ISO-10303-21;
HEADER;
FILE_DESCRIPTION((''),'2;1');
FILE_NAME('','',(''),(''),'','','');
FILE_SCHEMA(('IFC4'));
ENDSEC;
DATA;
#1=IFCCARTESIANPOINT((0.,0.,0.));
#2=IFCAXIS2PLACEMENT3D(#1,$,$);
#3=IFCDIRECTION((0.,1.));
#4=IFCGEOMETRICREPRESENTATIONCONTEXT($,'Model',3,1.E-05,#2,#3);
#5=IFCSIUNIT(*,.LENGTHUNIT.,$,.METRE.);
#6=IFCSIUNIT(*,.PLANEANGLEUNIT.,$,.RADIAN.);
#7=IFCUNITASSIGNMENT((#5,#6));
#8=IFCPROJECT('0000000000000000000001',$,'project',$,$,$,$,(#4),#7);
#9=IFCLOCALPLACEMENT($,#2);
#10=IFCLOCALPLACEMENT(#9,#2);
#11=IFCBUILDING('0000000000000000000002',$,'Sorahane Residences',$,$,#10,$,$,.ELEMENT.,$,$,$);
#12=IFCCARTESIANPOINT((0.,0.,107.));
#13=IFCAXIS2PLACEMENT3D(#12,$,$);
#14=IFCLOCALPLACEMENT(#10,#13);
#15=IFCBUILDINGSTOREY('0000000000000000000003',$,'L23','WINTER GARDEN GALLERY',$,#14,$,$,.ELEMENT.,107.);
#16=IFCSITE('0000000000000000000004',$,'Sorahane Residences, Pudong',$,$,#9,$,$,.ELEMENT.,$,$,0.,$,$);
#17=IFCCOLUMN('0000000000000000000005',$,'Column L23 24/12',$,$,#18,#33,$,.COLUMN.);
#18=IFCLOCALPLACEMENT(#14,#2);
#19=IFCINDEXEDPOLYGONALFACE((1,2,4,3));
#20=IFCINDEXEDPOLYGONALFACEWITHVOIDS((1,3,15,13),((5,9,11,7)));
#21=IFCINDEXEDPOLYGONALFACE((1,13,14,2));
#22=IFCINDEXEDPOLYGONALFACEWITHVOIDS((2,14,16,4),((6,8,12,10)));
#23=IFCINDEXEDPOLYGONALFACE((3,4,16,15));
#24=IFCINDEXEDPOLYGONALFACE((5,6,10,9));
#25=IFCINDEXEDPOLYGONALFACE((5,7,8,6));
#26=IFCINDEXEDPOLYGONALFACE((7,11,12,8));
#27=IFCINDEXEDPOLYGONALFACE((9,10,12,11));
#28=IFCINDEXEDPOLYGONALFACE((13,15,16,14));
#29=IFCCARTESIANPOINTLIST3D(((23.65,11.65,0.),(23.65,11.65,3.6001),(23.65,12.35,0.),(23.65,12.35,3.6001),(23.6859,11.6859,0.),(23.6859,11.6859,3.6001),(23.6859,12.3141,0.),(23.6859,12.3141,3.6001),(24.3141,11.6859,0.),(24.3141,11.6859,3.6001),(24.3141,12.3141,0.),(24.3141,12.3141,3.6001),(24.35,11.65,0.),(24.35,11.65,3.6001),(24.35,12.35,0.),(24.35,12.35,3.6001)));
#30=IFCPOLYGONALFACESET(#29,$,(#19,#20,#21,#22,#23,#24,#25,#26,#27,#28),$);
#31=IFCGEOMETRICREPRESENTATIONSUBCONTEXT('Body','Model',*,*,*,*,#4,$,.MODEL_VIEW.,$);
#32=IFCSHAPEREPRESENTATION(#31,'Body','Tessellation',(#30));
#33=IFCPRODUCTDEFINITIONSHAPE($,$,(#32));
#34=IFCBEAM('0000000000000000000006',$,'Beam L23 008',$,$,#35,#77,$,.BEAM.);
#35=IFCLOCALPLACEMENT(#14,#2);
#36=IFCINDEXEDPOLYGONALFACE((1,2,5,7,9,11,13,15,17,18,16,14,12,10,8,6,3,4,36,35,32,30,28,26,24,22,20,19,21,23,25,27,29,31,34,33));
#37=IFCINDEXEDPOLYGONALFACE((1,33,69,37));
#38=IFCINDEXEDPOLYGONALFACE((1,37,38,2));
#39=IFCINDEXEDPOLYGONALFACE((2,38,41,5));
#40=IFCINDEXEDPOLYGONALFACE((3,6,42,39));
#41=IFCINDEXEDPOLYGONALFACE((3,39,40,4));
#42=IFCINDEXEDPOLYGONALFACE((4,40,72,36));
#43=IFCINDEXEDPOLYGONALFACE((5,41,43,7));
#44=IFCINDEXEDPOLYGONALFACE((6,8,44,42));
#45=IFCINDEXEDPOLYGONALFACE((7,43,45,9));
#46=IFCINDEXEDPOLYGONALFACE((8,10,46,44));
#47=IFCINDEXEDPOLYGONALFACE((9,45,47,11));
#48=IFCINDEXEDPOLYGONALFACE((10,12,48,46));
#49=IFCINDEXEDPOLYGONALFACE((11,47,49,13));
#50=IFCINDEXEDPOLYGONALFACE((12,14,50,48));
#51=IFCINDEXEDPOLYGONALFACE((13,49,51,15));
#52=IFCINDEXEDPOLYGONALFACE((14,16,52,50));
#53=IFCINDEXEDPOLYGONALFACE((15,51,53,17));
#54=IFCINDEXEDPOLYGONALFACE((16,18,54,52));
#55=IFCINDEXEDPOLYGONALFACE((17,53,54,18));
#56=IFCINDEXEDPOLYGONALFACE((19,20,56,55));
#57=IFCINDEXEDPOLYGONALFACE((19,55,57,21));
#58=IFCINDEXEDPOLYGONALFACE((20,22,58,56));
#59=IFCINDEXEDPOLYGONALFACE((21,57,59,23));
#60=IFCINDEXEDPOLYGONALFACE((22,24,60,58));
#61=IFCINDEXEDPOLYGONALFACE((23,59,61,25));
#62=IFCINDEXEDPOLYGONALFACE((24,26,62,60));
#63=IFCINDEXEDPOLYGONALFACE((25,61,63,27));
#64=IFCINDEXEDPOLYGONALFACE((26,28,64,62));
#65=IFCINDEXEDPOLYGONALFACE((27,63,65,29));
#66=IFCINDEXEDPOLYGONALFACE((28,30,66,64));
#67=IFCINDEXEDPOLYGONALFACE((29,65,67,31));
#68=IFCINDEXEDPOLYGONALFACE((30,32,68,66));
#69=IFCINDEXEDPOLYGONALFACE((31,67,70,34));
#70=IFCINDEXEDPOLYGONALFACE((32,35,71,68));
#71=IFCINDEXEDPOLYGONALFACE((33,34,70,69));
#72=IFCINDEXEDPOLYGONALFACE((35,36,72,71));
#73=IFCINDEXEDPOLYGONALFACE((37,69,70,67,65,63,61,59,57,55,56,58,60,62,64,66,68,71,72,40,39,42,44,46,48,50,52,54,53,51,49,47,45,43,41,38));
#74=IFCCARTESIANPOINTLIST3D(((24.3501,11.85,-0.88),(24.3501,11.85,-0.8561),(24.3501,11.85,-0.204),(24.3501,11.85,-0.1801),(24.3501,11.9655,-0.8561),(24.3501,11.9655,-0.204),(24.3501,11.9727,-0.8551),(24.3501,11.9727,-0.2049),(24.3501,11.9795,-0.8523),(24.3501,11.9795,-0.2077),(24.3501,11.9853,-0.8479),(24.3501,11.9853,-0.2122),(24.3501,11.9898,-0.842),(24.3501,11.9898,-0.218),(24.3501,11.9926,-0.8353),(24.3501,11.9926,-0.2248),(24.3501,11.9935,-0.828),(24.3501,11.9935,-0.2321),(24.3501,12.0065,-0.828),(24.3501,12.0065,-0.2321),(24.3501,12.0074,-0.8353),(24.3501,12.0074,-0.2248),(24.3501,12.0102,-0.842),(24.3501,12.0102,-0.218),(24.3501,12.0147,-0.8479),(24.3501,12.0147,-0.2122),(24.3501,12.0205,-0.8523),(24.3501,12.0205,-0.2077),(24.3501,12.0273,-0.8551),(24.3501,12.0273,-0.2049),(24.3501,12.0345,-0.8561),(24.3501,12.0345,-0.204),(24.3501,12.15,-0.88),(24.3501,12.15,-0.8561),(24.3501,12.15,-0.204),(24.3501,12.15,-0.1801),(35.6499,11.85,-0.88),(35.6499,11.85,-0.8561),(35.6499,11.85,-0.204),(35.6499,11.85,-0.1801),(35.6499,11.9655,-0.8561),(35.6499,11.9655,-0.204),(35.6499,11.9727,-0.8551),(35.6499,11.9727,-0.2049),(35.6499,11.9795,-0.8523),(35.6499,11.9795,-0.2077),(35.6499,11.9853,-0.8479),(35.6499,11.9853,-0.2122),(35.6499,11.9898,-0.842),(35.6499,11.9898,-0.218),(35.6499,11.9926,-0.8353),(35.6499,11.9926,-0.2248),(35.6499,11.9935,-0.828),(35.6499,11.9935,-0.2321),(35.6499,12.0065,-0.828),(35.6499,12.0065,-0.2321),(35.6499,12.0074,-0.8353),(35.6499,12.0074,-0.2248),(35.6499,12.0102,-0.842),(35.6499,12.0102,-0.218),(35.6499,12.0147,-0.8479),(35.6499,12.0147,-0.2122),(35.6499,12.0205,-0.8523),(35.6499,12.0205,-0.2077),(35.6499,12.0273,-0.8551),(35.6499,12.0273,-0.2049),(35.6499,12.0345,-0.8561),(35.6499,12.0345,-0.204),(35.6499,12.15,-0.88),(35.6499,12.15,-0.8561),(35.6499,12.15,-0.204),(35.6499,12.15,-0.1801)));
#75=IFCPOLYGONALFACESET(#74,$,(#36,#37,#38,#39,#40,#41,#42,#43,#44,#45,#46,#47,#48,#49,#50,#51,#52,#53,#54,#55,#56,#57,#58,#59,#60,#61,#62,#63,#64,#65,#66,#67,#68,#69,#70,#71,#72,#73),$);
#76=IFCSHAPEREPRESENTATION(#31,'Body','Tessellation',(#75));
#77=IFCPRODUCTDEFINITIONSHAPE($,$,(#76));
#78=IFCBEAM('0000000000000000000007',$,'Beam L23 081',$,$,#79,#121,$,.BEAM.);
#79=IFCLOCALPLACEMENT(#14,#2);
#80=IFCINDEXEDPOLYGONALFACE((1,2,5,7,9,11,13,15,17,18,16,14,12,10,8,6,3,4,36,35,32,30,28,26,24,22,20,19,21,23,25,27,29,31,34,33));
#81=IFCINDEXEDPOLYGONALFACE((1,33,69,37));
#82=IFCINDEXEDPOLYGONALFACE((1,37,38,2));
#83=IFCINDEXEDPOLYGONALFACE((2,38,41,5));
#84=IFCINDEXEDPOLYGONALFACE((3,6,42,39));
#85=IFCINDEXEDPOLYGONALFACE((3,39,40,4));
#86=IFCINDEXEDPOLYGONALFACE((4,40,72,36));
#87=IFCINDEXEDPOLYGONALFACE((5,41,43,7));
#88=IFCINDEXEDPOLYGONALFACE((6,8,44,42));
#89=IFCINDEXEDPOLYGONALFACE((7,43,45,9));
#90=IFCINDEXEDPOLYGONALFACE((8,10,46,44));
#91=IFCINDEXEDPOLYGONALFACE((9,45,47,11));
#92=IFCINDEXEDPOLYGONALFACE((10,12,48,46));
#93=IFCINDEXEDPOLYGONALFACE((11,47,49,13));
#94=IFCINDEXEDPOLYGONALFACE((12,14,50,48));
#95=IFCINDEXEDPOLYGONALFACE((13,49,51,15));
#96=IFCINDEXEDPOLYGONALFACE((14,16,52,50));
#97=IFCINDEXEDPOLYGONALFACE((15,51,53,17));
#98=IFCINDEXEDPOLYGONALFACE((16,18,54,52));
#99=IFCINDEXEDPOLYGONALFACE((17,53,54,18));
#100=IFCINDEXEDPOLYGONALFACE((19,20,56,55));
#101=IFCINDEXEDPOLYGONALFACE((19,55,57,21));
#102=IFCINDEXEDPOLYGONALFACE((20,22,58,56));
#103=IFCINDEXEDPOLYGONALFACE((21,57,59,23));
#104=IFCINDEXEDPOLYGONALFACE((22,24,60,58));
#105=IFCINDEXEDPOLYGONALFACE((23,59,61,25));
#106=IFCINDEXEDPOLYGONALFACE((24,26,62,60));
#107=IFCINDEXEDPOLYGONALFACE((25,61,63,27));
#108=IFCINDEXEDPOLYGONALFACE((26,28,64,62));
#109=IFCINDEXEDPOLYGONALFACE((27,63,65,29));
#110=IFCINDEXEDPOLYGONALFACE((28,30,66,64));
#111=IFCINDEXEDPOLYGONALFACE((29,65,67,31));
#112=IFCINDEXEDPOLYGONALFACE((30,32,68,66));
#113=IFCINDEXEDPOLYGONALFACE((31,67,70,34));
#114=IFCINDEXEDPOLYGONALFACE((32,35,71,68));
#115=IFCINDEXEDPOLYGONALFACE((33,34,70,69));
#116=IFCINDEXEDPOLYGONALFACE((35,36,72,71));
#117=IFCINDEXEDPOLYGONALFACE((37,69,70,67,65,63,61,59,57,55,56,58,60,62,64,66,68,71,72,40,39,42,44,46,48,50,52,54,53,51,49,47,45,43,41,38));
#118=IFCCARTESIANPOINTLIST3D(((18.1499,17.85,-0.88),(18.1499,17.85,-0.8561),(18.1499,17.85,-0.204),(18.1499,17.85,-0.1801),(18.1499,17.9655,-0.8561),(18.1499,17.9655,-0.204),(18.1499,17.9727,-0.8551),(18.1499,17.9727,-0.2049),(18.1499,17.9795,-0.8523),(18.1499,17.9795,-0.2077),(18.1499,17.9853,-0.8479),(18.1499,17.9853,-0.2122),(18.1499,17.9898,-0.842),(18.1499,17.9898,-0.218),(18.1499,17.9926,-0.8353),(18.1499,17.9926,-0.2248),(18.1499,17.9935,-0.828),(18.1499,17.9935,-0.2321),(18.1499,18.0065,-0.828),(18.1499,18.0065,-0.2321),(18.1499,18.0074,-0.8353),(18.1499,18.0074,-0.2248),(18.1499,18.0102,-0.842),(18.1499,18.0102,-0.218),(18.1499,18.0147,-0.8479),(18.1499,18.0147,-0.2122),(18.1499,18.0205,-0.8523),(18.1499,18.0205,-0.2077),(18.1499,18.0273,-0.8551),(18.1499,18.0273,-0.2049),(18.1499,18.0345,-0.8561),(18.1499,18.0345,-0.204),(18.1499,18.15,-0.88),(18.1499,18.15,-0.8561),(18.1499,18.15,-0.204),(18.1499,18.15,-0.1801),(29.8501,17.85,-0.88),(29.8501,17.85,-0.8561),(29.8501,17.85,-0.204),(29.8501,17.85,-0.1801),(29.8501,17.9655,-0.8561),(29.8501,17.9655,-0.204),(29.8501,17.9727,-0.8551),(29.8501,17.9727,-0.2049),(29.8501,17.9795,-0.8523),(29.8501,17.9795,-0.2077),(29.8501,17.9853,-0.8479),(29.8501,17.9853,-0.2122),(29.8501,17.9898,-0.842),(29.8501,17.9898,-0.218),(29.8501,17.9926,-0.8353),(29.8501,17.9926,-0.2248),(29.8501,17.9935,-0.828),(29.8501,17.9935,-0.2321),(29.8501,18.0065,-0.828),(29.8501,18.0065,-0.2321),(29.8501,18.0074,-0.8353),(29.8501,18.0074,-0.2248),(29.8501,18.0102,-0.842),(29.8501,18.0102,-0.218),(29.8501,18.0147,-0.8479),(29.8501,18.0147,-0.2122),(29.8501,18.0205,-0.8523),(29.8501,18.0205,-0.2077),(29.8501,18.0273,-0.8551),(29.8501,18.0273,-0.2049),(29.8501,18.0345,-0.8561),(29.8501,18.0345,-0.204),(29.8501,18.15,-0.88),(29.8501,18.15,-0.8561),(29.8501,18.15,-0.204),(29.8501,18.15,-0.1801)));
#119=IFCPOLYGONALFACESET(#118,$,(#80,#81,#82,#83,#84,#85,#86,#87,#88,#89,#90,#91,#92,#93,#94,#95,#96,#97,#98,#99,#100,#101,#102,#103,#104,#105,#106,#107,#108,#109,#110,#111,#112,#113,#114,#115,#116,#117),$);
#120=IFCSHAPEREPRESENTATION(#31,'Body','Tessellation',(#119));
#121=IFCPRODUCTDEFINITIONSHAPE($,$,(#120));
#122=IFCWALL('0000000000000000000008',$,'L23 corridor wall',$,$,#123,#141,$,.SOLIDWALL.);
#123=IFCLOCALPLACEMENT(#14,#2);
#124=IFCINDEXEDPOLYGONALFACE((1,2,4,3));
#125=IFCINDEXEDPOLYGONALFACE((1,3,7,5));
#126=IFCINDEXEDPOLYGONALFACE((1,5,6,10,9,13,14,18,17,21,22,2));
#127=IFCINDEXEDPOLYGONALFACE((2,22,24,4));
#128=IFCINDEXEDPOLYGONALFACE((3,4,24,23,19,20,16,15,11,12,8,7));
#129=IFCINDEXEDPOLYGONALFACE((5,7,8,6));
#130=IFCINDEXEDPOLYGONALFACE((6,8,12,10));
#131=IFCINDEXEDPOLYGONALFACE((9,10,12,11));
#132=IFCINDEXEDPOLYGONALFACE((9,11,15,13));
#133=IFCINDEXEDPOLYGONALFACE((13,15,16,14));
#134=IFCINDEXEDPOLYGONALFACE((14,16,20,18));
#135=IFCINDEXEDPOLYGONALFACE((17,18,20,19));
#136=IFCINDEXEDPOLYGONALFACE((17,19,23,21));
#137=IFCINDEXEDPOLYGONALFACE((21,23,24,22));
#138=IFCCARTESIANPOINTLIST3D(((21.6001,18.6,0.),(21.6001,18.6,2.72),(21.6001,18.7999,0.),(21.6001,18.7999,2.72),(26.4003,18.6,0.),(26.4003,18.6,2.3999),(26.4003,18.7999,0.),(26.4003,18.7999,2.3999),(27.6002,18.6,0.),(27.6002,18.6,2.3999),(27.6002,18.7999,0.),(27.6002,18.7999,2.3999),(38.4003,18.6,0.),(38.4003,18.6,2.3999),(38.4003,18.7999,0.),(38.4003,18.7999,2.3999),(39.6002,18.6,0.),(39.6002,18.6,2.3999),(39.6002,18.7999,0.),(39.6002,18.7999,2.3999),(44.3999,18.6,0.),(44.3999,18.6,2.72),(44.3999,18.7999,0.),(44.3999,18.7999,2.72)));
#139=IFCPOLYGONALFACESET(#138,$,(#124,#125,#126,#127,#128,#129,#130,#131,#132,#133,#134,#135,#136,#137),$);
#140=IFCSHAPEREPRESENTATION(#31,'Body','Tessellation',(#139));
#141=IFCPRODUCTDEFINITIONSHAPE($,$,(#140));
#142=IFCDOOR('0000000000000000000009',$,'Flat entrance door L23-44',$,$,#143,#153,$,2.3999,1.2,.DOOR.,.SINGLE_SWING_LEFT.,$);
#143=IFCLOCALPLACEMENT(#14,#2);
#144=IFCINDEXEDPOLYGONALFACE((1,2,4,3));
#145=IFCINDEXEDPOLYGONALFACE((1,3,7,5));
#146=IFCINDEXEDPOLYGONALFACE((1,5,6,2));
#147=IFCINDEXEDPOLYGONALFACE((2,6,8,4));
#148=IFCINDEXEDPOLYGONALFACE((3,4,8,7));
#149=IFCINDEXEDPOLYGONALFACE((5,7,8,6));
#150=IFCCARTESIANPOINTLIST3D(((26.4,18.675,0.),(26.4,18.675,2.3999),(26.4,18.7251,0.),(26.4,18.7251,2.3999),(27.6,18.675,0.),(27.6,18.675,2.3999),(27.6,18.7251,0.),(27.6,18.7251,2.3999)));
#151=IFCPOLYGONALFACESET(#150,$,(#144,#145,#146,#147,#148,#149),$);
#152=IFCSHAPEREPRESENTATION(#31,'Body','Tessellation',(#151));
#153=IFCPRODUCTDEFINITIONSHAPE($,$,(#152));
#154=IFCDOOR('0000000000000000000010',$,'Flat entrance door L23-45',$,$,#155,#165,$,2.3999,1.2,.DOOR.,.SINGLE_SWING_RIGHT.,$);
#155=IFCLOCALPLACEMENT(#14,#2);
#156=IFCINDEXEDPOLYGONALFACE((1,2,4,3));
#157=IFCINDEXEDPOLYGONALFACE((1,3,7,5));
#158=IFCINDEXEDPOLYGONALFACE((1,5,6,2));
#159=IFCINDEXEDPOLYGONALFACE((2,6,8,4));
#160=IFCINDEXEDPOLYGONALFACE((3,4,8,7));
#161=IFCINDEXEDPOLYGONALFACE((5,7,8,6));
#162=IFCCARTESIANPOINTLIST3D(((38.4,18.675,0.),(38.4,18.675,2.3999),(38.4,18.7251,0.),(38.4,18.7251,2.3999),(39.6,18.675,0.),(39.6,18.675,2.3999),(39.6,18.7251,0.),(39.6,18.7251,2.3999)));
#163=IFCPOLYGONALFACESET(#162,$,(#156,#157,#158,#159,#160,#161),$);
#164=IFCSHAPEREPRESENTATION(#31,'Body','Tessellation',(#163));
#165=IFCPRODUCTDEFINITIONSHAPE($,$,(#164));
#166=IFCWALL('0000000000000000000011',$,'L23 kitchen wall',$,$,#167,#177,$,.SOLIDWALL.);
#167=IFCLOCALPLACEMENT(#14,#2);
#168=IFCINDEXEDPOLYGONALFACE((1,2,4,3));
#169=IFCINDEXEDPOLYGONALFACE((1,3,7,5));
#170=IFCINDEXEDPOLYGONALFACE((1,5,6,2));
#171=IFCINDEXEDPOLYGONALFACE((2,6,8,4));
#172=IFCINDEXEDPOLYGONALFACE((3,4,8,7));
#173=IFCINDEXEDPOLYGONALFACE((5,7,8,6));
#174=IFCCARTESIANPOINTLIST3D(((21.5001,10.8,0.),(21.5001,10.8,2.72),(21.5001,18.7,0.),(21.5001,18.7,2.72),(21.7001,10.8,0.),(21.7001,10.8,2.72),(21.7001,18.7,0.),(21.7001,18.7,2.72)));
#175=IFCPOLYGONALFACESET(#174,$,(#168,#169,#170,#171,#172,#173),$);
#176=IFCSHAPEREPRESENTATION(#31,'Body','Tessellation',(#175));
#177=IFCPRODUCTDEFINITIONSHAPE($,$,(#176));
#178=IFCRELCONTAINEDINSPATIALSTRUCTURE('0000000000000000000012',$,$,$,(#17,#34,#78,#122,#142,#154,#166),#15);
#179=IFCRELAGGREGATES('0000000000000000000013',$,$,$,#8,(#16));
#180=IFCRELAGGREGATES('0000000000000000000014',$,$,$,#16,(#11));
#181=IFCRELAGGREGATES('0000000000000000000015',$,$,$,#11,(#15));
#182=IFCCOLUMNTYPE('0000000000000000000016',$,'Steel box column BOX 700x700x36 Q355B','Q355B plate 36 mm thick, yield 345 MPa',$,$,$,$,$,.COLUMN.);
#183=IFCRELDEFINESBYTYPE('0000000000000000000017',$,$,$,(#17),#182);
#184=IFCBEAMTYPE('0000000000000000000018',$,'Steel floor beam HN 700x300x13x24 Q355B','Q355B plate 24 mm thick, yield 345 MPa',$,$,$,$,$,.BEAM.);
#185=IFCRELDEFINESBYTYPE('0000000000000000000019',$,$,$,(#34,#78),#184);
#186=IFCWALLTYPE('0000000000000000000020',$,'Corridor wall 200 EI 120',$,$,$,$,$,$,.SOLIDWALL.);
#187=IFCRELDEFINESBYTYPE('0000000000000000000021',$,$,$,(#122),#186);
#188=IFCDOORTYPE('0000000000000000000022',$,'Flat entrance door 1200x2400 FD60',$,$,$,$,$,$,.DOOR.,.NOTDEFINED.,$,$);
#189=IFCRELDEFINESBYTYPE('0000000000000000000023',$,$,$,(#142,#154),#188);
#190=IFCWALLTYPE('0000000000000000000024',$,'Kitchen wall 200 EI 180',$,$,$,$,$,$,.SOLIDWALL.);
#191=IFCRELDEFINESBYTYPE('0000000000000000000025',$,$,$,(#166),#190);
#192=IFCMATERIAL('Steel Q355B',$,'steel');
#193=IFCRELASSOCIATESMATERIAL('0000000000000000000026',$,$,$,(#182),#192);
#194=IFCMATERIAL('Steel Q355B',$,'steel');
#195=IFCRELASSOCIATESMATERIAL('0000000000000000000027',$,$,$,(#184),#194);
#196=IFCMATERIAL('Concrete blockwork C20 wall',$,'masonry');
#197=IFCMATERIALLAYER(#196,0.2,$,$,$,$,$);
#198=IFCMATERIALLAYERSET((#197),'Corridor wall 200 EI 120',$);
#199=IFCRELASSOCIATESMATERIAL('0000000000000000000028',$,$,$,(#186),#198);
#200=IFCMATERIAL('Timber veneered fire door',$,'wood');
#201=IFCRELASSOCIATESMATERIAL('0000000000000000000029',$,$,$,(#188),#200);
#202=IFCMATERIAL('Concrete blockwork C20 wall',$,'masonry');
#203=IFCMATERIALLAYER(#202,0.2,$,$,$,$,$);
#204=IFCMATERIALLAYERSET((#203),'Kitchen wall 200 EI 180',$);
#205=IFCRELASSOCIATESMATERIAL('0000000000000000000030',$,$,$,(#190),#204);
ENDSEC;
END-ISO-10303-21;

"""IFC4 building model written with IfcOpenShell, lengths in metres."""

from ifc_helpers import new_model, si_unit, direction, frame, frame_2d, origin, origin_2d, place, context, subcontext, project, spatial, rectangle, hollow_rectangle, i_section, extrude, material, layer, layer_set, material_profile, profile_set, type_object, element, fill, save


model = new_model("IFC4")

# Units and contexts
model_context = context("Model", 3, precision=1e-05, world=origin(), true_north=direction((0.0, 1.0)))
body_context = subcontext(model_context, "Body", "Model", "MODEL_VIEW")
ifc_project = project(units=[si_unit("LENGTHUNIT", "METRE"), si_unit("PLANEANGLEUNIT", "RADIAN")], contexts=[model_context])

# Site, building, storey
site_placement = place(None, origin())
site = spatial("IfcSite", under=ifc_project, at=site_placement, Name="Sorahane Residences, Pudong", CompositionType="ELEMENT", RefElevation=0.0)
building_placement = place(site_placement, origin())
building = spatial("IfcBuilding", under=site, at=building_placement, Name="Sorahane Residences", CompositionType="ELEMENT")
storey_placement = place(building_placement, frame((0.0, 0.0, 107.0)))
storey = spatial("IfcBuildingStorey", under=building, at=storey_placement, Name="L23", Description="WINTER GARDEN GALLERY", CompositionType="ELEMENT", Elevation=107.0)

# Column
ifc_material_1 = material(Name="Steel Q355B", Category="steel")
ifc_material_profile_1 = material_profile(ifc_material_1, hollow_rectangle(XDim=0.7, YDim=0.7, WallThickness=0.0359, at=origin_2d()), Name="BOX 700x700x36")
ifc_profile_set_1 = profile_set([ifc_material_profile_1], Name="Steel Q355B")
column_type = type_object("IfcColumnType", Name="Steel box column BOX 700x700x36 Q355B", Description="Q355B plate 36 mm thick, yield 345 MPa", PredefinedType="COLUMN", material=ifc_profile_set_1)
column_placement = place(storey_placement, frame((24.0, 12.0, 0.0), z_axis=(0.0, 0.0, 1.0), x_axis=(1.0, 0.0, 0.0)))
element("IfcColumn", 1, at=column_placement, inside=storey, type_object=column_type, Name="Column L23 24/12", PredefinedType="COLUMN", context=body_context, shape_type="SweptSolid", body=[
    extrude(hollow_rectangle(XDim=0.7, YDim=0.7, WallThickness=0.0359, at=origin_2d()), origin(), (0.0, 0.0, 1.0), 3.6001),
])

# Beams
ifc_material_2 = material(Name="Steel Q355B", Category="steel")
ifc_material_profile_2 = material_profile(ifc_material_2, i_section(OverallWidth=0.3, OverallDepth=0.7, WebThickness=0.0129, FlangeThickness=0.0239, FilletRadius=0.0281, at=origin_2d()), Name="HN 700x300x13x24")
ifc_profile_set_2 = profile_set([ifc_material_profile_2], Name="Steel Q355B")
beam_type = type_object("IfcBeamType", Name="Steel floor beam HN 700x300x13x24 Q355B", Description="Q355B plate 24 mm thick, yield 345 MPa", PredefinedType="BEAM", material=ifc_profile_set_2)
beam_1_placement = place(storey_placement, frame((24.3501, 12.0, -0.53), z_axis=(1.0, 0.0, 0.0), x_axis=(0.0, 1.0, 0.0)))
element("IfcBeam", 2, at=beam_1_placement, inside=storey, type_object=beam_type, Name="Beam L23 008", PredefinedType="BEAM", context=body_context, shape_type="SweptSolid", body=[
    extrude(i_section(OverallWidth=0.3, OverallDepth=0.7, WebThickness=0.0129, FlangeThickness=0.0239, FilletRadius=0.0281, at=origin_2d()), origin(), (0.0, 0.0, 1.0), 11.2998),
])
beam_2_placement = place(storey_placement, frame((18.1499, 18.0, -0.53), z_axis=(1.0, 0.0, 0.0), x_axis=(0.0, 1.0, 0.0)))
element("IfcBeam", 3, at=beam_2_placement, inside=storey, type_object=beam_type, Name="Beam L23 081", PredefinedType="BEAM", context=body_context, shape_type="SweptSolid", body=[
    extrude(i_section(OverallWidth=0.3, OverallDepth=0.7, WebThickness=0.0129, FlangeThickness=0.0239, FilletRadius=0.0281, at=origin_2d()), origin(), (0.0, 0.0, 1.0), 11.7002),
])

# Wall, openings, doors
ifc_material_3 = material(Name="Concrete blockwork C20 wall", Category="masonry")
ifc_layer_1 = layer(ifc_material_3, 0.2)
ifc_layer_set_1 = layer_set([ifc_layer_1], Name="Corridor wall 200 EI 120")
wall_type_1 = type_object("IfcWallType", Name="Corridor wall 200 EI 120", PredefinedType="SOLIDWALL", material=ifc_layer_set_1)
wall_1_placement = place(storey_placement, frame((21.6001, 18.7, 0.0), z_axis=(0.0, 0.0, 1.0), x_axis=(1.0, 0.0, 0.0)))
wall_1 = element("IfcWall", 4, at=wall_1_placement, inside=storey, type_object=wall_type_1, Name="L23 corridor wall", PredefinedType="SOLIDWALL", context=body_context, shape_type="SweptSolid", body=[
    extrude(rectangle(XDim=22.7998, YDim=0.2, at=frame_2d((11.3999, 0.0))), origin(), (0.0, 0.0, 1.0), 2.72),
])
opening_1_placement = place(wall_1_placement, frame((4.8, 0.0, 0.0)))
opening_1 = element("IfcOpeningElement", 5, at=opening_1_placement, cuts=wall_1, PredefinedType="OPENING", context=body_context, shape_type="SweptSolid", body=[
    extrude(rectangle(XDim=1.2, YDim=2.3999, at=frame_2d((0.6001, 1.2))), frame((0.0, 0.1099, 0.0), z_axis=(0.0, -1.0, 0.0), x_axis=(1.0, 0.0, 0.0)), (0.0, 0.0, 1.0), 0.22),
])
opening_2_placement = place(wall_1_placement, frame((16.8, 0.0, 0.0)))
opening_2 = element("IfcOpeningElement", 6, at=opening_2_placement, cuts=wall_1, PredefinedType="OPENING", context=body_context, shape_type="SweptSolid", body=[
    extrude(rectangle(XDim=1.2, YDim=2.3999, at=frame_2d((0.6001, 1.2))), frame((0.0, 0.1099, 0.0), z_axis=(0.0, -1.0, 0.0), x_axis=(1.0, 0.0, 0.0)), (0.0, 0.0, 1.0), 0.22),
])
ifc_material_4 = material(Name="Timber veneered fire door", Category="wood")
door_type_1 = type_object("IfcDoorType", Name="Flat entrance door 1200x2400 FD60", OperationType="NOTDEFINED", PredefinedType="DOOR", material=ifc_material_4)
door_1_placement = place(opening_1_placement, frame((1.2, 0.0, 0.0), z_axis=(0.0, 0.0, 1.0), x_axis=(-1.0, 0.0, 0.0)))
door_1 = element("IfcDoor", 7, at=door_1_placement, inside=storey, type_object=door_type_1, Name="Flat entrance door L23-44", OperationType="SINGLE_SWING_LEFT", OverallHeight=2.3999, OverallWidth=1.2, PredefinedType="DOOR", context=body_context, shape_type="SweptSolid", body=[
    extrude(rectangle(XDim=1.2, YDim=2.3999, at=frame_2d((0.6001, 1.2))), frame((0.0, 0.0249, 0.0), z_axis=(0.0, -1.0, 0.0), x_axis=(1.0, 0.0, 0.0)), (0.0, 0.0, 1.0), 0.05),
])
fill(opening_1, door_1)
door_2_placement = place(opening_2_placement, frame((1.2, 0.0, 0.0), z_axis=(0.0, 0.0, 1.0), x_axis=(-1.0, 0.0, 0.0)))
door_2 = element("IfcDoor", 8, at=door_2_placement, inside=storey, type_object=door_type_1, Name="Flat entrance door L23-45", OperationType="SINGLE_SWING_RIGHT", OverallHeight=2.3999, OverallWidth=1.2, PredefinedType="DOOR", context=body_context, shape_type="SweptSolid", body=[
    extrude(rectangle(XDim=1.2, YDim=2.3999, at=frame_2d((0.6001, 1.2))), frame((0.0, 0.0249, 0.0), z_axis=(0.0, -1.0, 0.0), x_axis=(1.0, 0.0, 0.0)), (0.0, 0.0, 1.0), 0.05),
])
fill(opening_2, door_2)

# Wall
ifc_material_5 = material(Name="Concrete blockwork C20 wall", Category="masonry")
ifc_layer_2 = layer(ifc_material_5, 0.2)
ifc_layer_set_2 = layer_set([ifc_layer_2], Name="Kitchen wall 200 EI 180")
wall_type_2 = type_object("IfcWallType", Name="Kitchen wall 200 EI 180", PredefinedType="SOLIDWALL", material=ifc_layer_set_2)
wall_2_placement = place(storey_placement, frame((21.6001, 10.8, 0.0), z_axis=(0.0, 0.0, 1.0), x_axis=(0.0, 1.0, 0.0)))
element("IfcWall", 9, at=wall_2_placement, inside=storey, type_object=wall_type_2, Name="L23 kitchen wall", PredefinedType="SOLIDWALL", context=body_context, shape_type="SweptSolid", body=[
    extrude(rectangle(XDim=7.8999, YDim=0.2, at=frame_2d((3.95, 0.0))), origin(), (0.0, 0.0, 1.0), 2.72),
])

save(model, "model.ifc")
